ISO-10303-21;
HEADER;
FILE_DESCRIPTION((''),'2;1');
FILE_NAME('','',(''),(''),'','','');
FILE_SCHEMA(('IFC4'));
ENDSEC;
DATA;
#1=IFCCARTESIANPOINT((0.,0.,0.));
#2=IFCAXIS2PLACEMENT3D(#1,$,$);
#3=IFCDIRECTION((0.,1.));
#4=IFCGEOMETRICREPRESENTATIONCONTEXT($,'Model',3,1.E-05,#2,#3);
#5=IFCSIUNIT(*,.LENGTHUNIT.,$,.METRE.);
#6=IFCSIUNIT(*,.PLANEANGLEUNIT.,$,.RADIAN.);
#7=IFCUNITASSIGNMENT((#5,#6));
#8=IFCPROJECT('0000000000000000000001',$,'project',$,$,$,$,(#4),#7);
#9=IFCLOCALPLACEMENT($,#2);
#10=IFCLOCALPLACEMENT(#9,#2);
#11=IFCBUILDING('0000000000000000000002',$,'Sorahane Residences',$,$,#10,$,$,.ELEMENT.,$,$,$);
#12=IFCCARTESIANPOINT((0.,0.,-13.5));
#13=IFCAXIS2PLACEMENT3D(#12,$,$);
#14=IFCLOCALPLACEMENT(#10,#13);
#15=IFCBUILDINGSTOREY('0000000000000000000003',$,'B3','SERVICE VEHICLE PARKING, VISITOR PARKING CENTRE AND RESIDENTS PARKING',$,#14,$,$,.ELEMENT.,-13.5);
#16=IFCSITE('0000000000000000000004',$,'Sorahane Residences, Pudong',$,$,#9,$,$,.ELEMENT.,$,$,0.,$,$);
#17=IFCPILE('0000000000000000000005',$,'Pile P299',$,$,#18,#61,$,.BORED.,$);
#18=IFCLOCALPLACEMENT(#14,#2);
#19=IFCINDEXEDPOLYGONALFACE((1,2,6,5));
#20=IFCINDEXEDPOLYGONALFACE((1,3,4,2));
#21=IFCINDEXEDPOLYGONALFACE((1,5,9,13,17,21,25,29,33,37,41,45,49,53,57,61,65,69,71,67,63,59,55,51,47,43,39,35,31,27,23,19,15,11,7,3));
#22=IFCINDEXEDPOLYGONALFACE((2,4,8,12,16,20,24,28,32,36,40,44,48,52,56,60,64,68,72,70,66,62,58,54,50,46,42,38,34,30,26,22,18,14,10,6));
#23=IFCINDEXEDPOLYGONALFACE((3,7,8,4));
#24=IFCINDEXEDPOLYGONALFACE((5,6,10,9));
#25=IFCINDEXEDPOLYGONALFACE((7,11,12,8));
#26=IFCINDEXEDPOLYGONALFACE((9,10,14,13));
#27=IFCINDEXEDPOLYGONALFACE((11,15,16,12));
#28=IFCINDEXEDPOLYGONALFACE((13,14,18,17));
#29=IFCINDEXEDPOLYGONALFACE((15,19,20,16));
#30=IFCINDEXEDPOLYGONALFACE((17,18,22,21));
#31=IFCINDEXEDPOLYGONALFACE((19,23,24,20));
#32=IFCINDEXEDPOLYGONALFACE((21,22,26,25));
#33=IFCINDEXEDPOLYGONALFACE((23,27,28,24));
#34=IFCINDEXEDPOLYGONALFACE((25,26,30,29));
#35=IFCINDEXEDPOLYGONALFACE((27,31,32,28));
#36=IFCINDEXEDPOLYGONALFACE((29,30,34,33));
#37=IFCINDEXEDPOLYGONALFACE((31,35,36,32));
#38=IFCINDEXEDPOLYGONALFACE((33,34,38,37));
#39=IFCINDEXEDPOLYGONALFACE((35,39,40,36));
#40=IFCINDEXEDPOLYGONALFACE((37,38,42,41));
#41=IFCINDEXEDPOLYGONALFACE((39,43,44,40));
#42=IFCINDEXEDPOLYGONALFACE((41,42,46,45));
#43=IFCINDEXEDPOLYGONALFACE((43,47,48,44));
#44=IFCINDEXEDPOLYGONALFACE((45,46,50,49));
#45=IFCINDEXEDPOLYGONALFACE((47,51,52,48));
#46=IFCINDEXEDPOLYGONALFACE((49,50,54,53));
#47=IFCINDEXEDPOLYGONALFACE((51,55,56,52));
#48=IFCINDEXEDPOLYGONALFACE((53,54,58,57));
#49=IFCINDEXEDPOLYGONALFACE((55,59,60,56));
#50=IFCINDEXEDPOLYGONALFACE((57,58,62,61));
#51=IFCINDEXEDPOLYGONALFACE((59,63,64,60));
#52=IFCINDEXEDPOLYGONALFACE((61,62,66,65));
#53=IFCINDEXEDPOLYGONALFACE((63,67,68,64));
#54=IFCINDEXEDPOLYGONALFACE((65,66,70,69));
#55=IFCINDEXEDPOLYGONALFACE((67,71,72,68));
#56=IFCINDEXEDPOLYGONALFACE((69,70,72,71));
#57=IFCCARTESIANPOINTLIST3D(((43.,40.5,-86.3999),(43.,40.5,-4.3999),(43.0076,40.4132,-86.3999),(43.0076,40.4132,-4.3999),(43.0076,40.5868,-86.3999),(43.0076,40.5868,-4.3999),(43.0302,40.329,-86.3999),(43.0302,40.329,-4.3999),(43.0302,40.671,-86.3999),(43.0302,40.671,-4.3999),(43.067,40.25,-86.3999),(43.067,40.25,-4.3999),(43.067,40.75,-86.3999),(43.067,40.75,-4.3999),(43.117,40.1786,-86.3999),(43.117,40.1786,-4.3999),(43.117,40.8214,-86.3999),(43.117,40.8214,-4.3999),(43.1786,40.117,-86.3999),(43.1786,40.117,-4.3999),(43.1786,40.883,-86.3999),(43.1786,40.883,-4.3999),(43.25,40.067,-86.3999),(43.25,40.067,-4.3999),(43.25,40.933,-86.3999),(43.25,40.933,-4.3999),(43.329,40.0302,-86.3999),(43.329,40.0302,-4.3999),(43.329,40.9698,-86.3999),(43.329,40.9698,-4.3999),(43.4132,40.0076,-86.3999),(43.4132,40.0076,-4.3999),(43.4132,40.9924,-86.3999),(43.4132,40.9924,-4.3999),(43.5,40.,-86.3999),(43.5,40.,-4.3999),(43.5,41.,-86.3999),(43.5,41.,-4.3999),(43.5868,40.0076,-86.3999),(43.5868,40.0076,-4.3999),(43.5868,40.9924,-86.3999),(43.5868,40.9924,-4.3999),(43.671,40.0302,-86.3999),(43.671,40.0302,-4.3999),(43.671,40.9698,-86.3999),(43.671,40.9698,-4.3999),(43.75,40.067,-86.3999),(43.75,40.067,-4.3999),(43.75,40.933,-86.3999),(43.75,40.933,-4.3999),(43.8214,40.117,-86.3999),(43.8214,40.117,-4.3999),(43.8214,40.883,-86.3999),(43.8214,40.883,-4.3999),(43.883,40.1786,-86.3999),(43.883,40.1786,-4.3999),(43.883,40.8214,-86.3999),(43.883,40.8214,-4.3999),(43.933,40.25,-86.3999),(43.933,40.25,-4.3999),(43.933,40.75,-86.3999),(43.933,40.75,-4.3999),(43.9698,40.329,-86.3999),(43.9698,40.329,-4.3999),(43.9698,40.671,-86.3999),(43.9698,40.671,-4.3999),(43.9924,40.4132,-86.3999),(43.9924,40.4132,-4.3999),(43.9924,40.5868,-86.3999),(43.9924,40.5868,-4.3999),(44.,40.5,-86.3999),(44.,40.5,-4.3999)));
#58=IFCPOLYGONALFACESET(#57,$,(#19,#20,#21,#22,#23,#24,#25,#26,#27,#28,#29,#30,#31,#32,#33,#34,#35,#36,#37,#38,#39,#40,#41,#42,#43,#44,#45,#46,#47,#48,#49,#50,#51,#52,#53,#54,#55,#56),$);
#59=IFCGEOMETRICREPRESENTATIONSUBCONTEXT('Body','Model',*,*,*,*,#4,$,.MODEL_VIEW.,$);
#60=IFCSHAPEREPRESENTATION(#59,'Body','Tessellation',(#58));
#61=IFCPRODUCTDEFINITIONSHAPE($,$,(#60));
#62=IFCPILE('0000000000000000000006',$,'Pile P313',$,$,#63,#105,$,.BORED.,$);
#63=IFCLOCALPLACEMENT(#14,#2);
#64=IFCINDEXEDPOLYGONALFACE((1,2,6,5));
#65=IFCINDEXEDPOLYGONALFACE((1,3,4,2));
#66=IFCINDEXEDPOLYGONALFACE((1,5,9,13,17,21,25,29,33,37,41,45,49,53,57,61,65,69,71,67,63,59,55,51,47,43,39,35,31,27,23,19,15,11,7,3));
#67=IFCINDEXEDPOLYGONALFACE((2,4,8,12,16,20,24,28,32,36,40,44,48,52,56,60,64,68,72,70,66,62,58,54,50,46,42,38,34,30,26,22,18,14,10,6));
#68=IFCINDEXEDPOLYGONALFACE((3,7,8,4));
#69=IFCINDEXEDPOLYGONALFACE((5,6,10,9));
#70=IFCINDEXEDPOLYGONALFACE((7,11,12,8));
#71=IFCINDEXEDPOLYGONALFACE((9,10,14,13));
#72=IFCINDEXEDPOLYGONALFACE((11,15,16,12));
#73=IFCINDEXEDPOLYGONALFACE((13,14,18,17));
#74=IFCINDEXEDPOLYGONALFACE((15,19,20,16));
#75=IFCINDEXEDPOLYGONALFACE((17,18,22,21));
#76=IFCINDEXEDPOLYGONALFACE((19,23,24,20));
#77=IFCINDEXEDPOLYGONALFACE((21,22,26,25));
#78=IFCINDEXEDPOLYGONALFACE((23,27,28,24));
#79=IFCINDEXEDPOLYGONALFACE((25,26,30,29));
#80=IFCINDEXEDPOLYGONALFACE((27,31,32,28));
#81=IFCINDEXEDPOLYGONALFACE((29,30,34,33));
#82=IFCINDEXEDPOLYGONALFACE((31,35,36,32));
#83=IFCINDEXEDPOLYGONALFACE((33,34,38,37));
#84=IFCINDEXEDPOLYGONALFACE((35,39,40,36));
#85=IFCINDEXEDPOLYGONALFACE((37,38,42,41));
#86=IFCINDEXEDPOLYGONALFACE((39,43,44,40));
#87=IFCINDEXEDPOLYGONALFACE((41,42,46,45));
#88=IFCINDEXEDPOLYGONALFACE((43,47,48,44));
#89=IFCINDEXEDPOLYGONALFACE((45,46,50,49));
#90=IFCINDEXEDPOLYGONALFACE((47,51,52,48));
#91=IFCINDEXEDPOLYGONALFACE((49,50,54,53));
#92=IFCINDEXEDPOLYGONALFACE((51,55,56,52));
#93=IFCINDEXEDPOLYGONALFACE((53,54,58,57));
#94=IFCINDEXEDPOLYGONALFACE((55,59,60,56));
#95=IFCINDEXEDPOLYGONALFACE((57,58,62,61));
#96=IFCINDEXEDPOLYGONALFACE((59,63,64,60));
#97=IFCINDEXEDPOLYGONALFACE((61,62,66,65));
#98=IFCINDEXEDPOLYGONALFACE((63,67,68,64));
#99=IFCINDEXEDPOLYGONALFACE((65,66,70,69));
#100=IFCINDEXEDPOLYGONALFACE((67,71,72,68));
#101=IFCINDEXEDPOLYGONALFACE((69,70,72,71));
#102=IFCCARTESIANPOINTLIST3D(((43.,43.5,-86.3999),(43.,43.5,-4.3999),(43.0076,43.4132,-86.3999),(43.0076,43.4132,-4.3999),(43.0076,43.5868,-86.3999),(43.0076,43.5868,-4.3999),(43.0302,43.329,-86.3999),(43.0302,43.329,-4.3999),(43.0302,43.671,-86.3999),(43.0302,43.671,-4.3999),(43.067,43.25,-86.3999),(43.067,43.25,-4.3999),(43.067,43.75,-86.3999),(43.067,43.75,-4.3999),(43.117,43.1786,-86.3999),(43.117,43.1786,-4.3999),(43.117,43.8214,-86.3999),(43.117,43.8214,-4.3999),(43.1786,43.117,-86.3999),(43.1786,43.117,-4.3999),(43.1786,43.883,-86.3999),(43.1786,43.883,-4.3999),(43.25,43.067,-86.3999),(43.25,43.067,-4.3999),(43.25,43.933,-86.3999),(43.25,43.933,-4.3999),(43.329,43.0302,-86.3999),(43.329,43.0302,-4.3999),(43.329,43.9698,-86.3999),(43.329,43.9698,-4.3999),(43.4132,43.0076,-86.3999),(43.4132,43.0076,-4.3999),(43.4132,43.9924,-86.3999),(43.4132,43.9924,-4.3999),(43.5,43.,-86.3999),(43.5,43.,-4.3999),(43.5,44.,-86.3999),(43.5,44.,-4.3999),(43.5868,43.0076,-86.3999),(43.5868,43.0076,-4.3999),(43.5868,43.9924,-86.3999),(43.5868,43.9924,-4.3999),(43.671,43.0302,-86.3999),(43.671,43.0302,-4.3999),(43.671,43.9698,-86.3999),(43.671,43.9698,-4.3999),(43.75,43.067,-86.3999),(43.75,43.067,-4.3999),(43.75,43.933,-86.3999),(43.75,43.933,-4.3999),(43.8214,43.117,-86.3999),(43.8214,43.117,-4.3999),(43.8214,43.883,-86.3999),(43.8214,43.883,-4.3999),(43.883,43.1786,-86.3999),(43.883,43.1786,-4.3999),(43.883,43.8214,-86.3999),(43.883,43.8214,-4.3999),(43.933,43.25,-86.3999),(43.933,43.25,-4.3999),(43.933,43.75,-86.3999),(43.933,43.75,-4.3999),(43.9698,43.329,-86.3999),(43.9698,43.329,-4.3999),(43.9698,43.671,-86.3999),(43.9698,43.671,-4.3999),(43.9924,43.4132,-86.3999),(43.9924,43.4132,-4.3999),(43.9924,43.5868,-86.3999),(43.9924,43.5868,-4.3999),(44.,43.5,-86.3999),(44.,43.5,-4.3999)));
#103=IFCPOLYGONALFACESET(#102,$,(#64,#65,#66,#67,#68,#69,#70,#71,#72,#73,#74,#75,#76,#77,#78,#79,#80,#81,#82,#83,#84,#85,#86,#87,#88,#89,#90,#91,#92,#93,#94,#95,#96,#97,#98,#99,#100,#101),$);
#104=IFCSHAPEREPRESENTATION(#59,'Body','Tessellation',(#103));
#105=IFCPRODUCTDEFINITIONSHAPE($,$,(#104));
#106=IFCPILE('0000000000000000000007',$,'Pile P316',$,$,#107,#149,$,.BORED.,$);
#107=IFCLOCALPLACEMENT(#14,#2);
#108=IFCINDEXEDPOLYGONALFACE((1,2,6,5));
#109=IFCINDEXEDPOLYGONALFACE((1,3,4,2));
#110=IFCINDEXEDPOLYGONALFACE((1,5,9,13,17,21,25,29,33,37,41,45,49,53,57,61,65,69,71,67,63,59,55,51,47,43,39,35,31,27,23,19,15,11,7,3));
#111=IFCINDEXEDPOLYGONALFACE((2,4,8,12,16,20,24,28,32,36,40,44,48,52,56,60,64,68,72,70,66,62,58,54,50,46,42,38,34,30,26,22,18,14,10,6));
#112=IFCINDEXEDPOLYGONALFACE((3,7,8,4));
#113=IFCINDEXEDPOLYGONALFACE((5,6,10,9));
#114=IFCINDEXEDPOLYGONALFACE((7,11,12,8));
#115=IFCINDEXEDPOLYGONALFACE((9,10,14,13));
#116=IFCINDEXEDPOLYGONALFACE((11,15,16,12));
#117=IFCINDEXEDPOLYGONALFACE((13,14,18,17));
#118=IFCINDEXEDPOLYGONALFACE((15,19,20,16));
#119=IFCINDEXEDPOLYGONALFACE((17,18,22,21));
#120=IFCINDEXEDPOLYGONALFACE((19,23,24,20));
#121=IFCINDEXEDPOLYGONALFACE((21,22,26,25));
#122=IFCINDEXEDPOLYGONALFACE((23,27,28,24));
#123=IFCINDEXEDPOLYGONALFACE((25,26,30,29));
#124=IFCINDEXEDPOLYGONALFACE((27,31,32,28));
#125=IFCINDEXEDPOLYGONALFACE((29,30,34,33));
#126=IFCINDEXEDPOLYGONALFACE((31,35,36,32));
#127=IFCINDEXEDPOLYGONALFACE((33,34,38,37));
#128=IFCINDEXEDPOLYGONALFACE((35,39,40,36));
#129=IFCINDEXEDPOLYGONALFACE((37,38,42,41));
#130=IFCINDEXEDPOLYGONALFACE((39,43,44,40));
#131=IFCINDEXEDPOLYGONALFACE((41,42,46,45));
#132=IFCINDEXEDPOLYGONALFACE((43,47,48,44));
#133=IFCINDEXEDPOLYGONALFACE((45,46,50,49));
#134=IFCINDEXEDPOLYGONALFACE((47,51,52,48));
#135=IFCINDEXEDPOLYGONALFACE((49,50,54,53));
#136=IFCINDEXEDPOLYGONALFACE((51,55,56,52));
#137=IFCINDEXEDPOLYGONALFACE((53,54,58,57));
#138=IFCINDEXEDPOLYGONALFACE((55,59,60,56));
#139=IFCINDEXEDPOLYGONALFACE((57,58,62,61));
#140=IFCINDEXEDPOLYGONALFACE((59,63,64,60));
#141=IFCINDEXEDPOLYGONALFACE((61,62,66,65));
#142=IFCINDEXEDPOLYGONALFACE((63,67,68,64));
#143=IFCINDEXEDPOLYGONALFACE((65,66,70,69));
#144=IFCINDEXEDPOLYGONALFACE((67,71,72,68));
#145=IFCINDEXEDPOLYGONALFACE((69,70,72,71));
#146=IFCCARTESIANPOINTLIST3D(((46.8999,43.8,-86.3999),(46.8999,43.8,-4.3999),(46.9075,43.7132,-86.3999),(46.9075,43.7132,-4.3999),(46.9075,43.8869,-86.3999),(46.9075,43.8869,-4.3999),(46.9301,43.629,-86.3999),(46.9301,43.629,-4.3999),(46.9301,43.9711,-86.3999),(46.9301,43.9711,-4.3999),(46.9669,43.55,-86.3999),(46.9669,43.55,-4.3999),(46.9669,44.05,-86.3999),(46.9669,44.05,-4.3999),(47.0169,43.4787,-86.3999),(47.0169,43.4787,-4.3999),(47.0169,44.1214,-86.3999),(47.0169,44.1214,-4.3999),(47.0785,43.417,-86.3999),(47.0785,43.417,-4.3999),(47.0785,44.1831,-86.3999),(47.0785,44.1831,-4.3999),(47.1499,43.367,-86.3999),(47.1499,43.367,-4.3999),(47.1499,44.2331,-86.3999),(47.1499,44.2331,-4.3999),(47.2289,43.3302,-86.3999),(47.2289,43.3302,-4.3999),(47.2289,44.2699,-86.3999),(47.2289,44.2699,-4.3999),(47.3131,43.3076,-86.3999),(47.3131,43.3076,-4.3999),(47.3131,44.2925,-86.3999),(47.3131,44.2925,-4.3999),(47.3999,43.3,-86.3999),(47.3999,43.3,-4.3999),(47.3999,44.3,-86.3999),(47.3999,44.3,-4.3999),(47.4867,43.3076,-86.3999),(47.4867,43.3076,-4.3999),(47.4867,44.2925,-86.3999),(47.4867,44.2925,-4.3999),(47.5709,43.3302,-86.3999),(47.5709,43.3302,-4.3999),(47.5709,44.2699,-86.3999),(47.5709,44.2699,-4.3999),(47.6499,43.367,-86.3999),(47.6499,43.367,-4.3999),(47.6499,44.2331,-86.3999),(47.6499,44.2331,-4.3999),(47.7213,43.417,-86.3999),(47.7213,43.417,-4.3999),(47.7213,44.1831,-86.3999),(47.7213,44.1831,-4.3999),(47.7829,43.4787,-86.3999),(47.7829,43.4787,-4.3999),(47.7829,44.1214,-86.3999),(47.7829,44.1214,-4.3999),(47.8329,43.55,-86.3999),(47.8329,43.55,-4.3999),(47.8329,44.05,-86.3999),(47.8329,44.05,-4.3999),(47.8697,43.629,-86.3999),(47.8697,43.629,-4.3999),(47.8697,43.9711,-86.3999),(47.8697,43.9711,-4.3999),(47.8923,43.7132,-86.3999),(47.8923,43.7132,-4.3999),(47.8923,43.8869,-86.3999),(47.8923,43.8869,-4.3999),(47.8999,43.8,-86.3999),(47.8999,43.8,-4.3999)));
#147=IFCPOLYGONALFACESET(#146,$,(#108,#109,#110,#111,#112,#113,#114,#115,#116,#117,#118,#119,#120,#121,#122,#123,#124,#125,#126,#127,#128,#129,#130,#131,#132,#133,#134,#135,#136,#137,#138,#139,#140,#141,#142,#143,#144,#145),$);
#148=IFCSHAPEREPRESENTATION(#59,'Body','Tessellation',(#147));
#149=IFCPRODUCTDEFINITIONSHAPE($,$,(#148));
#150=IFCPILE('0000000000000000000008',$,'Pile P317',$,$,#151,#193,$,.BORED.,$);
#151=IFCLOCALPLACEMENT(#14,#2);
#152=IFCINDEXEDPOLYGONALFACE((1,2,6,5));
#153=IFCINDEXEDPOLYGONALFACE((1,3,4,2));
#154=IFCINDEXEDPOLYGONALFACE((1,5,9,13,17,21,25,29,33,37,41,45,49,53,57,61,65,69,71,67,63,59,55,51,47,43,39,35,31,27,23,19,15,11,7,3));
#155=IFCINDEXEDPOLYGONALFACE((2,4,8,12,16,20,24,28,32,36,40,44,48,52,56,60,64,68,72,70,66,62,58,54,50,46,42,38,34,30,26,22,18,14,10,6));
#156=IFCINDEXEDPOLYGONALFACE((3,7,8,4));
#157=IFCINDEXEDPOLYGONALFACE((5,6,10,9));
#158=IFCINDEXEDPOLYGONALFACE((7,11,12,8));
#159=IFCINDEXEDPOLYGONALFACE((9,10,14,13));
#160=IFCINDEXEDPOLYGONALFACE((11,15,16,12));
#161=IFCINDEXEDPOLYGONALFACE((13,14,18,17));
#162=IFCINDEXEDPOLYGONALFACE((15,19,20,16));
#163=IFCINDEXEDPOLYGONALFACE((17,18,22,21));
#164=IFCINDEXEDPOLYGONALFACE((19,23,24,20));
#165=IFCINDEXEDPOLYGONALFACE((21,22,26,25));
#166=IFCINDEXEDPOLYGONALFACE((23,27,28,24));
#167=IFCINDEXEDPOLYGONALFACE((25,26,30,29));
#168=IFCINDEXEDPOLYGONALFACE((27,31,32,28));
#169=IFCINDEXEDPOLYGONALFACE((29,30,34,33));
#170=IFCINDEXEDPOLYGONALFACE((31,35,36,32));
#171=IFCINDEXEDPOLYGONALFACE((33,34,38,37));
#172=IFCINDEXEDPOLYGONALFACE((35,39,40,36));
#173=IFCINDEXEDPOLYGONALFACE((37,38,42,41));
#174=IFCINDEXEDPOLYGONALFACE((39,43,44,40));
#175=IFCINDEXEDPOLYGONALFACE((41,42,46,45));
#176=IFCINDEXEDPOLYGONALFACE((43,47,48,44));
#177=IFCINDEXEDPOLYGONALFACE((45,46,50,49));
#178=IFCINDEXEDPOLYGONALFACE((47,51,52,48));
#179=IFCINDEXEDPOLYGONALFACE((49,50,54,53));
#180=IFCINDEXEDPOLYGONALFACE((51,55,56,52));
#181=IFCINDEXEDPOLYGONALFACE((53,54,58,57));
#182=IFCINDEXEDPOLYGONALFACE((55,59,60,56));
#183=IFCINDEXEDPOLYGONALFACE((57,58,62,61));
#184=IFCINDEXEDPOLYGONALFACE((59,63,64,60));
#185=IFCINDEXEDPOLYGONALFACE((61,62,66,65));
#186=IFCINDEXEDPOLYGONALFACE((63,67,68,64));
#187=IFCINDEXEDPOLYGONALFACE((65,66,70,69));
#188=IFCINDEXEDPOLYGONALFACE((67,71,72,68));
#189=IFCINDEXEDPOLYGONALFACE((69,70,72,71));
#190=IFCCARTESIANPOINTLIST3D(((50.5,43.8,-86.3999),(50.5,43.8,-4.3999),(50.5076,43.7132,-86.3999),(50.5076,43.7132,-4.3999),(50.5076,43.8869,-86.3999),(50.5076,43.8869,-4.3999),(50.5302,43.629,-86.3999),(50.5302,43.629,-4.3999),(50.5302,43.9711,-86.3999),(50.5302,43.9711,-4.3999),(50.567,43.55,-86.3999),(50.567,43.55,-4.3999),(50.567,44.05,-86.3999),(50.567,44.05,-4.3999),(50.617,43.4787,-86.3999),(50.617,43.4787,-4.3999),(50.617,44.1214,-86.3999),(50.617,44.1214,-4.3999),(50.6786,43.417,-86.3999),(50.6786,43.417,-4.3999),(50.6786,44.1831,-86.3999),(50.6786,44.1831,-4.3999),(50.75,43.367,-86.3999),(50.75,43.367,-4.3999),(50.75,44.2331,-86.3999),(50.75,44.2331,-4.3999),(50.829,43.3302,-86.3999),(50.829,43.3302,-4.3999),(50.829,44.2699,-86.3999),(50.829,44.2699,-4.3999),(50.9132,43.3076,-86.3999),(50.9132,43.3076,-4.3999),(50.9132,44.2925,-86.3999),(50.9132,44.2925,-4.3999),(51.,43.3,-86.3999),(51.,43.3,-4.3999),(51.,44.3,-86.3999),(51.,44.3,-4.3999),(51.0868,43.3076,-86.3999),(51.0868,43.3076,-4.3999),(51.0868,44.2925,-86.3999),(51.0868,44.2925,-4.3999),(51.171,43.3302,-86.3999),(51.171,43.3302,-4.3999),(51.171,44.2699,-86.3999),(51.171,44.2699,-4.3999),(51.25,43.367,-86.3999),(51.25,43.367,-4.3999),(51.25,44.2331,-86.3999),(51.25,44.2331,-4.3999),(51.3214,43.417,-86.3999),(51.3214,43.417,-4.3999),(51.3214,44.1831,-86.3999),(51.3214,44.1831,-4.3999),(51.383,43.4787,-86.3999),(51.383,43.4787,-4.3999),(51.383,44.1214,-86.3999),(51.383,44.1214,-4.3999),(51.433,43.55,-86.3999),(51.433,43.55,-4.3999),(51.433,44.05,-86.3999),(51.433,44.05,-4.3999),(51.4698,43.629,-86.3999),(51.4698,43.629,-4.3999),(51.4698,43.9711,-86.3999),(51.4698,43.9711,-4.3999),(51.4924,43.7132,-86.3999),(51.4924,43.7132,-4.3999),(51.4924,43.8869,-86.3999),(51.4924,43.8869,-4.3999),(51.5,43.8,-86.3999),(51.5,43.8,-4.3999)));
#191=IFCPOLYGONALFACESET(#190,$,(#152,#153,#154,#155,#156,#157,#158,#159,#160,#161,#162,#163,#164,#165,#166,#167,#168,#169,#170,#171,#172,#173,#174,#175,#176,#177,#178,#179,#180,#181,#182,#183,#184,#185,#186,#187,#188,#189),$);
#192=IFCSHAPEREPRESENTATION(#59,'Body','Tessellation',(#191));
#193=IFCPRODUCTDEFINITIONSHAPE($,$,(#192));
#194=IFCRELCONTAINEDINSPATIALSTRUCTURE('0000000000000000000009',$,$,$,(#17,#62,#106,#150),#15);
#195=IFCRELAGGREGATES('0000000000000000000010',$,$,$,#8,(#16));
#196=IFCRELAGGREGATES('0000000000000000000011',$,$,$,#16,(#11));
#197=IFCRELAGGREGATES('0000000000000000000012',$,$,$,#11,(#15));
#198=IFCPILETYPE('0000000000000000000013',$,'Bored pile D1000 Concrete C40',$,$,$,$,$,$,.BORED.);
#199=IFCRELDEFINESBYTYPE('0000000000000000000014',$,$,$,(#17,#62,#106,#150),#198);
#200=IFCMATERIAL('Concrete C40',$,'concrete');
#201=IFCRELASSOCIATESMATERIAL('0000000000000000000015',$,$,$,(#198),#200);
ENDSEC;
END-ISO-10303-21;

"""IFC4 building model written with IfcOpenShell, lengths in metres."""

from ifc_helpers import new_model, si_unit, direction, frame, origin, origin_2d, place, context, subcontext, project, spatial, circle, extrude, material, material_profile, profile_set, type_object, element, save


model = new_model("IFC4")

# Units and contexts
model_context = context("Model", 3, precision=1e-05, world=origin(), true_north=direction((0.0, 1.0)))
body_context = subcontext(model_context, "Body", "Model", "MODEL_VIEW")
ifc_project = project(units=[si_unit("LENGTHUNIT", "METRE"), si_unit("PLANEANGLEUNIT", "RADIAN")], contexts=[model_context])

# Site, building, storey
site_placement = place(None, origin())
site = spatial("IfcSite", under=ifc_project, at=site_placement, Name="Sorahane Residences, Pudong", CompositionType="ELEMENT", RefElevation=0.0)
building_placement = place(site_placement, origin())
building = spatial("IfcBuilding", under=site, at=building_placement, Name="Sorahane Residences", CompositionType="ELEMENT")
storey_placement = place(building_placement, frame((0.0, 0.0, -13.5)))
storey = spatial("IfcBuildingStorey", under=building, at=storey_placement, Name="B3", Description="SERVICE VEHICLE PARKING, VISITOR PARKING CENTRE AND RESIDENTS PARKING", CompositionType="ELEMENT", Elevation=-13.5)

# Piles
ifc_material_1 = material(Name="Concrete C40", Category="concrete")
ifc_material_profile_1 = material_profile(ifc_material_1, circle(Radius=0.5, at=origin_2d()), Name="D1000")
ifc_profile_set_1 = profile_set([ifc_material_profile_1], Name="Concrete C40")
pile_type = type_object("IfcPileType", Name="Bored pile D1000 Concrete C40", PredefinedType="BORED", material=ifc_profile_set_1)
for number, where, z_axis, x_axis, name in (
    (1, (43.5, 40.5, -4.3999), (0.0, 0.0, -1.0), (1.0, 0.0, 0.0), "Pile P299"),
    (2, (43.5, 43.5, -4.3999), (0.0, 0.0, -1.0), (1.0, 0.0, 0.0), "Pile P313"),
    (3, (47.3999, 43.8, -4.3999), (0.0, 0.0, -1.0), (1.0, 0.0, 0.0), "Pile P316"),
    (4, (51.0, 43.8, -4.3999), (0.0, 0.0, -1.0), (1.0, 0.0, 0.0), "Pile P317"),
):
    element("IfcPile", number, at=place(storey_placement, frame(where, z_axis=z_axis, x_axis=x_axis)), inside=storey, type_object=pile_type, Name=name, PredefinedType="BORED", context=body_context, shape_type="SweptSolid", body=[
        extrude(circle(Radius=0.5, at=origin_2d()), origin(), (0.0, 0.0, 1.0), 82.0),
    ])

save(model, "model.ifc")
